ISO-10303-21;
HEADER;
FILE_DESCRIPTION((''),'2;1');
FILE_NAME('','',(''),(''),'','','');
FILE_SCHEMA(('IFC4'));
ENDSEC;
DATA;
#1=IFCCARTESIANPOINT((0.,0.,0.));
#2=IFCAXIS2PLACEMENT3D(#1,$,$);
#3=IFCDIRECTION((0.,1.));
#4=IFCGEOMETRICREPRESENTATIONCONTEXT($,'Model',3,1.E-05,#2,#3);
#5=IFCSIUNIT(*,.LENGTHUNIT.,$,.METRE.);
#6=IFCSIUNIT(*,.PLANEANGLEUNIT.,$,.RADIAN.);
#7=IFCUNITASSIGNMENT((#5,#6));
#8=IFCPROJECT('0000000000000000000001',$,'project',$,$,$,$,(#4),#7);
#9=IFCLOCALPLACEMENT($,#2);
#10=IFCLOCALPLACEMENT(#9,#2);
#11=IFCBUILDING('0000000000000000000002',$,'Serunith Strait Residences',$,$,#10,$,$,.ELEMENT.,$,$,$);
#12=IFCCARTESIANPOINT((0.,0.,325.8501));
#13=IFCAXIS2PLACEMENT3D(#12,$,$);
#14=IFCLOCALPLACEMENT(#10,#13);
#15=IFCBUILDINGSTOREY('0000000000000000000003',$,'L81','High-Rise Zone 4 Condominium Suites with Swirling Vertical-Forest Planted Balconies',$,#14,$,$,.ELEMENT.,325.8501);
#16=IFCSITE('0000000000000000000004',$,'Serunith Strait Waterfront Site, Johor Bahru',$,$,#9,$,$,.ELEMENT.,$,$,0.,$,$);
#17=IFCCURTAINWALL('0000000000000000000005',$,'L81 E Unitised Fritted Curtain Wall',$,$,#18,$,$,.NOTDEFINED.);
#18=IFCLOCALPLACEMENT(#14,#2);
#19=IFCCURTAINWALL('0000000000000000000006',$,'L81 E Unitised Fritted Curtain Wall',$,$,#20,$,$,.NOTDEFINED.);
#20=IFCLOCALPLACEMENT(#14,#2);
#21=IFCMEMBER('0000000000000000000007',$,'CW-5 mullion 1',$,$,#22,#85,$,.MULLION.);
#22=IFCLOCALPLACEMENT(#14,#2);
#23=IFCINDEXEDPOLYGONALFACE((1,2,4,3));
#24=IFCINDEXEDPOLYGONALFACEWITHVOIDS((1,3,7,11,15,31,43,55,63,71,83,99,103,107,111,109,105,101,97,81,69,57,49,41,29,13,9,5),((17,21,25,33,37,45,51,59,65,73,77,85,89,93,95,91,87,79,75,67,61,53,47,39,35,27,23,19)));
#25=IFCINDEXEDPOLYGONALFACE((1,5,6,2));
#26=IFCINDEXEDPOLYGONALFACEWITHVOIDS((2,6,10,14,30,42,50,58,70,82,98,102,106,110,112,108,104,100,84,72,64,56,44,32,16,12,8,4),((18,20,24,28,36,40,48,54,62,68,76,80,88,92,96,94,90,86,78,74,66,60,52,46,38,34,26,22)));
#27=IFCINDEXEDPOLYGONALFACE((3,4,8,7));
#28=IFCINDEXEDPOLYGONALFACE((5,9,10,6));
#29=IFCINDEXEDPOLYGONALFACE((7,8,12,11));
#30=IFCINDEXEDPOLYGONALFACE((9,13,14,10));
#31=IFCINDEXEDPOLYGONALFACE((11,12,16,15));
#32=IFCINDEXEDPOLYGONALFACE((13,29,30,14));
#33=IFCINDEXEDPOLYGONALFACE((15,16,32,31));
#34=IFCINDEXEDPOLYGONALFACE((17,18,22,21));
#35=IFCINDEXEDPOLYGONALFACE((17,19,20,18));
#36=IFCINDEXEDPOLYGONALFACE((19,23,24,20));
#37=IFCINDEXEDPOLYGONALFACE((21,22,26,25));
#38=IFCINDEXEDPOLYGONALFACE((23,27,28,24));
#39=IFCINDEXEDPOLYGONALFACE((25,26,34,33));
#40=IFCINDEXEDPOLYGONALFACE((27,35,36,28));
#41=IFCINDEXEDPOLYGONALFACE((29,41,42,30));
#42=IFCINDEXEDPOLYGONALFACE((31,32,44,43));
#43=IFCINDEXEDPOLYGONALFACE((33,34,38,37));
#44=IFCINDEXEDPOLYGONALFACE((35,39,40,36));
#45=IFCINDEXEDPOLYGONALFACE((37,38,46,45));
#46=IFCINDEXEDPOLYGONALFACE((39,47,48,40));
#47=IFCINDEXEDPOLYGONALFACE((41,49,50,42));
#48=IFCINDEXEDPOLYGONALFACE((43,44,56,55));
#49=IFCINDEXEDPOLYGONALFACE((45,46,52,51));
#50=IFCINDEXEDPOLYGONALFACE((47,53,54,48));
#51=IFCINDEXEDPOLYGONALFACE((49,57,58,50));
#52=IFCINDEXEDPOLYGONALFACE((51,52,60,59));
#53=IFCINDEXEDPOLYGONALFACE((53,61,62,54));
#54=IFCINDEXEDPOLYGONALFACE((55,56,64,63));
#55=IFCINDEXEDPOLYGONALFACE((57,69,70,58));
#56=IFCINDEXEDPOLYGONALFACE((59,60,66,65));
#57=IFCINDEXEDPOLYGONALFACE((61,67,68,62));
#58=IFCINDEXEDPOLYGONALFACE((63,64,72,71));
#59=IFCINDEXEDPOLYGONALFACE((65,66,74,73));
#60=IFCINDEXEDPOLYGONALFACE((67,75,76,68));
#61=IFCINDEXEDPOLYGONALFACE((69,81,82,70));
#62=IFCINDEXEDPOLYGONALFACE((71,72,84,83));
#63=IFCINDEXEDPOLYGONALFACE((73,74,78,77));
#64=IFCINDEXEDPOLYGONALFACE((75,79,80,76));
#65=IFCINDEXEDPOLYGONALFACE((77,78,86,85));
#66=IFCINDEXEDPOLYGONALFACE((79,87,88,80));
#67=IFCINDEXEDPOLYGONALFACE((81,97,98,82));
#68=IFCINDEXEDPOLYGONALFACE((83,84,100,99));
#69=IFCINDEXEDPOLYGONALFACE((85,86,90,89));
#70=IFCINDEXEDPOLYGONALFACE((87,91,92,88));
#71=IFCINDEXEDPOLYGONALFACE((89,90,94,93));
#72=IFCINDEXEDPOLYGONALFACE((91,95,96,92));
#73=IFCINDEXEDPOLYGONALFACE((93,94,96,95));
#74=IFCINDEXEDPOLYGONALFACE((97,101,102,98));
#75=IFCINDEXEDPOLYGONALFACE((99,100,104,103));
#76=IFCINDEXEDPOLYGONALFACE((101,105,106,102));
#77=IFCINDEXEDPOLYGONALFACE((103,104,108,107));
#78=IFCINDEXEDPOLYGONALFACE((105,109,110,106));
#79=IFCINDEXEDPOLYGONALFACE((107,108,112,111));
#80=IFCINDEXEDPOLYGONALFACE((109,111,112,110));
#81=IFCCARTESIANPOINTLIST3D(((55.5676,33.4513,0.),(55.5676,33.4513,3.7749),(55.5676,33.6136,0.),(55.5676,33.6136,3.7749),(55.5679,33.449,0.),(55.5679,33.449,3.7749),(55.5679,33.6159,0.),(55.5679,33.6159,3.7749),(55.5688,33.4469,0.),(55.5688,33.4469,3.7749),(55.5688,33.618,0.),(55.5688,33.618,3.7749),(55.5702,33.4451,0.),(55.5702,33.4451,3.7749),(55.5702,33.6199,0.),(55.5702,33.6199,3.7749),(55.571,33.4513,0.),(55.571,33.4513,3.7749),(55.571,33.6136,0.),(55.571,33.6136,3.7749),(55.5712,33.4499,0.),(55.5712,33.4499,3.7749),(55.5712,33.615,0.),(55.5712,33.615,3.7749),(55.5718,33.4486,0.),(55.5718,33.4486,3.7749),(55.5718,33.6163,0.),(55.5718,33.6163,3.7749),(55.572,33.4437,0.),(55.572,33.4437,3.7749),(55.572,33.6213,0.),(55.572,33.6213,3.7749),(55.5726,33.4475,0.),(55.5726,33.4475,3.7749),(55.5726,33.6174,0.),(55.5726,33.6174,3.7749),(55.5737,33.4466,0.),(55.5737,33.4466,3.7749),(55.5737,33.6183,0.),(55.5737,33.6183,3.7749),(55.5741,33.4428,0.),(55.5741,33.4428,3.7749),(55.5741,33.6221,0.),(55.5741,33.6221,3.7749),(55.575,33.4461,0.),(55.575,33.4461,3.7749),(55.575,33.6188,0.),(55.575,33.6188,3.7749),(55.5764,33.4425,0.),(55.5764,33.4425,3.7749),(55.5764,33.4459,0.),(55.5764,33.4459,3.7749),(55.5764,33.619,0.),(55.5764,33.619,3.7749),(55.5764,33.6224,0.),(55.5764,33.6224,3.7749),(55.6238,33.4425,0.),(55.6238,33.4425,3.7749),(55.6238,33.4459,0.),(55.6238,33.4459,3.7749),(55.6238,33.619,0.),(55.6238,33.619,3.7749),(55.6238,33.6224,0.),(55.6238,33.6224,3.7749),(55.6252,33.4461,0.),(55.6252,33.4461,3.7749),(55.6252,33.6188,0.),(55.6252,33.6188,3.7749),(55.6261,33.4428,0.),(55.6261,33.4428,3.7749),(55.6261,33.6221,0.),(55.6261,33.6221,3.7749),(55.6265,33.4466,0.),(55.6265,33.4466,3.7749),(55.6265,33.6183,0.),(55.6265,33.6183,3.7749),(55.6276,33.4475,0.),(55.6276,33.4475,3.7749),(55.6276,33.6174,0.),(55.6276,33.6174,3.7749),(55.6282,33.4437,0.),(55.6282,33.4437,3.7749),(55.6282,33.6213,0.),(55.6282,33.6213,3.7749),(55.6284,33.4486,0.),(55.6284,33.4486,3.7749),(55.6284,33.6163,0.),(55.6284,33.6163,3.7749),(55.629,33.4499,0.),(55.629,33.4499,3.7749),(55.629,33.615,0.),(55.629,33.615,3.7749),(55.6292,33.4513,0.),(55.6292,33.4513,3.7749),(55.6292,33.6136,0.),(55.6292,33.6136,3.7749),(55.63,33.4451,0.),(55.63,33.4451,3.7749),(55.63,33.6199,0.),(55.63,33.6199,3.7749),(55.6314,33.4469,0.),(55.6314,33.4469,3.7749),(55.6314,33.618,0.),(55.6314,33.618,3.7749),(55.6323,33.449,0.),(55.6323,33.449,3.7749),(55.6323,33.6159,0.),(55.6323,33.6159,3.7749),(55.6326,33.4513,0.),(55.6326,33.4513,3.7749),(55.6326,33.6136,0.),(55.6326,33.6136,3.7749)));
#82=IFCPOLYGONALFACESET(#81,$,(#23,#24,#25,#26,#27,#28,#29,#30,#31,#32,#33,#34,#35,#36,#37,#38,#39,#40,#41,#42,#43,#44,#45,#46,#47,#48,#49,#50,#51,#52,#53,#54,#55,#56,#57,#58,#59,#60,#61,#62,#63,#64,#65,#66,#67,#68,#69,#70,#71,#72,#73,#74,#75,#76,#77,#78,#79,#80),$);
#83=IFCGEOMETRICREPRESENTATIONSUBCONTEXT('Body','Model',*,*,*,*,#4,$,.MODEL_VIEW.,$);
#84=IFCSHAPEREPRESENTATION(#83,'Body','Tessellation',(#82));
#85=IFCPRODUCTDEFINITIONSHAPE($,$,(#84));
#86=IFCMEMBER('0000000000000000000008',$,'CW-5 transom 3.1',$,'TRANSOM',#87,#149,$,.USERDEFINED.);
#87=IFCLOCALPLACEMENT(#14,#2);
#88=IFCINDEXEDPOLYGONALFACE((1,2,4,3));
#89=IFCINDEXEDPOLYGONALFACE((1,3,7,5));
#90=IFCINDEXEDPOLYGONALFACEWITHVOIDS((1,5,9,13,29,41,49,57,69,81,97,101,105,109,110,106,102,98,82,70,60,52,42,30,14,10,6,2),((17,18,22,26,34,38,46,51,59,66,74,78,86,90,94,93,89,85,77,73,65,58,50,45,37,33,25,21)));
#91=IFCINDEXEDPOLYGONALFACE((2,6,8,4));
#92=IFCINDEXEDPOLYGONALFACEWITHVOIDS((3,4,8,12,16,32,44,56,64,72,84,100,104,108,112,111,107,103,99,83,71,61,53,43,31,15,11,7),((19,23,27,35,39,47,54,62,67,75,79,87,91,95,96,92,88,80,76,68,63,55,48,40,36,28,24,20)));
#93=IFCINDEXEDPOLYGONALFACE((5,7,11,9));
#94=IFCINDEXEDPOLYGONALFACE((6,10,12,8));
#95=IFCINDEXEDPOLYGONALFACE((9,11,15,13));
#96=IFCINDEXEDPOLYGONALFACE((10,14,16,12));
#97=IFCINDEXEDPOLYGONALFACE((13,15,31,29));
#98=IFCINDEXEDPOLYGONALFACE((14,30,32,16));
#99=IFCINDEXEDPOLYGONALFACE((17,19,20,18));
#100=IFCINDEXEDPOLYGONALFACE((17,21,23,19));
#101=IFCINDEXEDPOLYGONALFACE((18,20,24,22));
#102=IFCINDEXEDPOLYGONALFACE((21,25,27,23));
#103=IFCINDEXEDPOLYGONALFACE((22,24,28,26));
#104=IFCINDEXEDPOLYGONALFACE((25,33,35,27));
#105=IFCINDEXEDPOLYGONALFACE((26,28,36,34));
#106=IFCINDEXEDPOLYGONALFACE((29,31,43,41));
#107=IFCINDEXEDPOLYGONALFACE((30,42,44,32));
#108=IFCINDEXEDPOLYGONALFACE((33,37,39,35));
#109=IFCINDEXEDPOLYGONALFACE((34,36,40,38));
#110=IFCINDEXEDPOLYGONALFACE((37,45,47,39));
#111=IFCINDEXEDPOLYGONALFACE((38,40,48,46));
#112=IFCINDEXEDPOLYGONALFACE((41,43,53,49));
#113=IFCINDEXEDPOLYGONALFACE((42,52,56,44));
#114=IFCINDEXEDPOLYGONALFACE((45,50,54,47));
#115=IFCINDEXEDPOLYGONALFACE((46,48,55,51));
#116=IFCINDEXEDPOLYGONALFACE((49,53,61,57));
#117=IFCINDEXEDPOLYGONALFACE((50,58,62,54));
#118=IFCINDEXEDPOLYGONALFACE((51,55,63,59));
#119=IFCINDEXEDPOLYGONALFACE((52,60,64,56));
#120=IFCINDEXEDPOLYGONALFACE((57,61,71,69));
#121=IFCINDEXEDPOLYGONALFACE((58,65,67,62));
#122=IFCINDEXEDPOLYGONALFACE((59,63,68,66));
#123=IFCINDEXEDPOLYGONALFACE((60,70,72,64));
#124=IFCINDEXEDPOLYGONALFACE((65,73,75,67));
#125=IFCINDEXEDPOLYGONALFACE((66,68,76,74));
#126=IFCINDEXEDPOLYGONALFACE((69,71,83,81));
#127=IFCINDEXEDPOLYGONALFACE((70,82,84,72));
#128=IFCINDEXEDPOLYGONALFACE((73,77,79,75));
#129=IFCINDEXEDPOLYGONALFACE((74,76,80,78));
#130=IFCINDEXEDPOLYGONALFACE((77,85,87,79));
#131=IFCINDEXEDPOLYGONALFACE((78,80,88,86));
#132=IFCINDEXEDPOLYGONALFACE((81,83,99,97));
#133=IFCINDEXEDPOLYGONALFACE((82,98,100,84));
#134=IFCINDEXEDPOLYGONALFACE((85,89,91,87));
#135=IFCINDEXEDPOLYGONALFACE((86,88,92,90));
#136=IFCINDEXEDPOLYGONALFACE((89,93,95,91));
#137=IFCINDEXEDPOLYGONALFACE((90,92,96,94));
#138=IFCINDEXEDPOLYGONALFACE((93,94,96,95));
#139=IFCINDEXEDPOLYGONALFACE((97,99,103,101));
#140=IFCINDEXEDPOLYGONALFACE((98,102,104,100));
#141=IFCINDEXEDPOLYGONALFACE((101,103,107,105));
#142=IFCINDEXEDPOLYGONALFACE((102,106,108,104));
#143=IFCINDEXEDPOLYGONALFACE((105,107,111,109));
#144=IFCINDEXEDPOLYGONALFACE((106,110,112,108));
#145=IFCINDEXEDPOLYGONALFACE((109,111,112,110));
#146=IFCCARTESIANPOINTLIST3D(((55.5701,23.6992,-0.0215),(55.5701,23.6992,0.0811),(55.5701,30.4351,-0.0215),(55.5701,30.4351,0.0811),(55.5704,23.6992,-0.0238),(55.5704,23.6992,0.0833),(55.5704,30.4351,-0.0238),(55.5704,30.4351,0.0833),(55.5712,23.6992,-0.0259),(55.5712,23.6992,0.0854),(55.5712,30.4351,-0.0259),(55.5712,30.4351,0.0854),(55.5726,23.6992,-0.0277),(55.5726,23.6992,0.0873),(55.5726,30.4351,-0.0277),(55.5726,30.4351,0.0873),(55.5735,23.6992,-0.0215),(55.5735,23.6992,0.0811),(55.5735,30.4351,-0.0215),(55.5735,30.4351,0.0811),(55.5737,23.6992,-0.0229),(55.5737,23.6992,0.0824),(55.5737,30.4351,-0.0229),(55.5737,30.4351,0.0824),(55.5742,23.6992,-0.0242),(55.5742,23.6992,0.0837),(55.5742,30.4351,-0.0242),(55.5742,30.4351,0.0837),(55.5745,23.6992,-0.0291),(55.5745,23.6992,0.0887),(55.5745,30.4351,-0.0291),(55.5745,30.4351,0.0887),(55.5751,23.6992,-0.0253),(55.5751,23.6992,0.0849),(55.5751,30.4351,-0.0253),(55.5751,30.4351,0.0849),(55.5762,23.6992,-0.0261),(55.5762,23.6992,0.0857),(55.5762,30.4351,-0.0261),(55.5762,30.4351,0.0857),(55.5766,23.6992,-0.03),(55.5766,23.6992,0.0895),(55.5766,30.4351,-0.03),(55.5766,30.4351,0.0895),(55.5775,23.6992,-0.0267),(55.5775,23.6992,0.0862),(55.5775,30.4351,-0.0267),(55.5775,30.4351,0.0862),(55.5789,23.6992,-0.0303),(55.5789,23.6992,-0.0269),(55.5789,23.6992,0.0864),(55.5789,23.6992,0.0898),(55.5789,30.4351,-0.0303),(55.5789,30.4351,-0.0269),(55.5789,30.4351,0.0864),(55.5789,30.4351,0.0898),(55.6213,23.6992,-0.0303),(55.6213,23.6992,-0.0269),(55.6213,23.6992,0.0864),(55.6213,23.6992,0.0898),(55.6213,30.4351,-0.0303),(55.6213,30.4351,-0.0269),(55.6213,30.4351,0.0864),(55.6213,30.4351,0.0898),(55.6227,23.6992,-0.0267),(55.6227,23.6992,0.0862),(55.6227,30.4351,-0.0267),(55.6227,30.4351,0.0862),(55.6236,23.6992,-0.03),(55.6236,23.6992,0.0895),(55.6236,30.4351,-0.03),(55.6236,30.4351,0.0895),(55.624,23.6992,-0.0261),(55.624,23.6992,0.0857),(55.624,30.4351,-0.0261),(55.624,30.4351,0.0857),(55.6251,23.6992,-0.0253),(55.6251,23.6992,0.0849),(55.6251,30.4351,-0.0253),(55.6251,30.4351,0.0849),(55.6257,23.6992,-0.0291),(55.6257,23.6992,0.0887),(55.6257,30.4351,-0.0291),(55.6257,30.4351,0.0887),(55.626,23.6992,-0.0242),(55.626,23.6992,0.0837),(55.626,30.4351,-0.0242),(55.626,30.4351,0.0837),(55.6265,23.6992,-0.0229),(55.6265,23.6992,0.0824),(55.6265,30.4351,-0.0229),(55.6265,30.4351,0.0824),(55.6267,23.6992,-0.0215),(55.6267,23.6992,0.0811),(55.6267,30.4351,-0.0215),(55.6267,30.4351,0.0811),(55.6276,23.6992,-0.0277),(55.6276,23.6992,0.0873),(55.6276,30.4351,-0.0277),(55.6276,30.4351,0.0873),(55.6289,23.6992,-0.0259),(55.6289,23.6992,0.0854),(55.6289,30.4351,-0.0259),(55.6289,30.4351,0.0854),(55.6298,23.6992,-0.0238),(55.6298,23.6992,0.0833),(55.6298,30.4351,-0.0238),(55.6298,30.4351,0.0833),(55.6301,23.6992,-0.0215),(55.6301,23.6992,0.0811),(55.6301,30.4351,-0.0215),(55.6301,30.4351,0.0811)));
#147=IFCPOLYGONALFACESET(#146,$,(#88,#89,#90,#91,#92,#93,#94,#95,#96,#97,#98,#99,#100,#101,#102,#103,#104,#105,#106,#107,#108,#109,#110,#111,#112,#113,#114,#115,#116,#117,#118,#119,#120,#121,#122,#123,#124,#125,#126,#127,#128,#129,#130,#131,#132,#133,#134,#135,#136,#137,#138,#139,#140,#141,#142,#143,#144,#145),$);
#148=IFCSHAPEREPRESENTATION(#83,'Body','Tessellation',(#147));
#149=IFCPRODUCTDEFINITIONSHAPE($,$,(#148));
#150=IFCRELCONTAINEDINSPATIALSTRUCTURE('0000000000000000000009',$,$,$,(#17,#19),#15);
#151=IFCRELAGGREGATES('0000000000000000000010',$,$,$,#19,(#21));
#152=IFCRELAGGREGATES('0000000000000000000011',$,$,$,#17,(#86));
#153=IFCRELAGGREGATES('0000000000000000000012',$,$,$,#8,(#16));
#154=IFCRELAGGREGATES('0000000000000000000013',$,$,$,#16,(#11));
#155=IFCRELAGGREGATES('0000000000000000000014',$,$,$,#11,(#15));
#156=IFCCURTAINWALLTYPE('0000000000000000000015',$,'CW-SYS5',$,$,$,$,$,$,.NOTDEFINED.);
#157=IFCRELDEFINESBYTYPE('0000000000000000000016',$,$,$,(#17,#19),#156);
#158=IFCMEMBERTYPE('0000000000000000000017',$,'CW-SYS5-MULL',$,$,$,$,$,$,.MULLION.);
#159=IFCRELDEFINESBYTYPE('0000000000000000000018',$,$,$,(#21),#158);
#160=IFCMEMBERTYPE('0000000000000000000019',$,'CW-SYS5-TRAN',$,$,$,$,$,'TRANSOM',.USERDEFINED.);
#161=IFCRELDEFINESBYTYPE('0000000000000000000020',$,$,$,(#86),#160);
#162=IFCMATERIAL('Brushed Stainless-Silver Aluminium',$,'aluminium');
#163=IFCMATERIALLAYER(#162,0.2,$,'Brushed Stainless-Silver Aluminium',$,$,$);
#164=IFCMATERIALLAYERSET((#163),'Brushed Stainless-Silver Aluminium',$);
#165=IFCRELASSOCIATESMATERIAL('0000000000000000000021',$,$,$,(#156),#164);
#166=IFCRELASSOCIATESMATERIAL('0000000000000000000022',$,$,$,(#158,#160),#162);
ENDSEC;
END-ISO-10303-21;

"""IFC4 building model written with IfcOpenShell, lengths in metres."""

from ifc_helpers import new_model, si_unit, direction, frame, origin, origin_2d, place, context, subcontext, project, spatial, hollow_rectangle, extrude, source, transform, mapped, material, layer, layer_set, material_profile, profile_set, type_object, element, aggregate, save


model = new_model("IFC4")

# Units and contexts
model_context = context("Model", 3, precision=1e-05, world=origin(), true_north=direction((0.0, 1.0)))
body_context = subcontext(model_context, "Body", "Model", "MODEL_VIEW")
ifc_project = project(units=[si_unit("LENGTHUNIT", "METRE"), si_unit("PLANEANGLEUNIT", "RADIAN")], contexts=[model_context])

# Site, building, storey
site_placement = place(None, origin())
site = spatial("IfcSite", under=ifc_project, at=site_placement, Name="Serunith Strait Waterfront Site, Johor Bahru", CompositionType="ELEMENT", RefElevation=0.0)
building_placement = place(site_placement, origin())
building = spatial("IfcBuilding", under=site, at=building_placement, Name="Serunith Strait Residences", CompositionType="ELEMENT")
storey_placement = place(building_placement, frame((0.0, 0.0, 325.8501)))
storey = spatial("IfcBuildingStorey", under=building, at=storey_placement, Name="L81", Description="High-Rise Zone 4 Condominium Suites with Swirling Vertical-Forest Planted Balconies", CompositionType="ELEMENT", Elevation=325.8501)

# Curtain wall
ifc_material_1 = material(Name="Brushed Stainless-Silver Aluminium", Category="aluminium")
ifc_layer_1 = layer(ifc_material_1, 0.2, Name="Brushed Stainless-Silver Aluminium")
ifc_layer_set_1 = layer_set([ifc_layer_1], Name="Brushed Stainless-Silver Aluminium")
curtain_wall_type = type_object("IfcCurtainWallType", Name="CW-SYS5", PredefinedType="NOTDEFINED", material=ifc_layer_set_1)
curtain_wall_1_placement = place(storey_placement, origin())
curtain_wall_1 = element("IfcCurtainWall", 1, at=curtain_wall_1_placement, inside=storey, type_object=curtain_wall_type, Name="L81 E Unitised Fritted Curtain Wall", PredefinedType="NOTDEFINED")
ifc_material_profile_1 = material_profile(ifc_material_1, hollow_rectangle(XDim=0.0649, YDim=0.1799, WallThickness=0.0034, InnerFilletRadius=0.0054, OuterFilletRadius=0.0088, at=origin_2d()), Name="ALU 180x65x3.5")
ifc_profile_set_1 = profile_set([ifc_material_profile_1], Name="Brushed Stainless-Silver Aluminium")
member_type_1 = type_object("IfcMemberType", Name="CW-SYS5-MULL", PredefinedType="MULLION", material=ifc_profile_set_1)
shared_shape_1 = source(origin(), body_context, "Body", "SweptSolid", [
    extrude(hollow_rectangle(XDim=0.0649, YDim=0.1799, WallThickness=0.0034, InnerFilletRadius=0.0054, OuterFilletRadius=0.0088, at=origin_2d()), origin(), (0.0, 0.0, 1.0), 3.7749),
])

# Curtain wall, member
curtain_wall_2_placement = place(storey_placement, origin())
curtain_wall_2 = element("IfcCurtainWall", 2, at=curtain_wall_2_placement, inside=storey, type_object=curtain_wall_type, Name="L81 E Unitised Fritted Curtain Wall", PredefinedType="NOTDEFINED")
member_1_placement = place(storey_placement, frame((55.6001, 33.5325, 0.0), z_axis=(0.0, 0.0, 1.0), x_axis=(-1.0, 0.0, 0.0)))
member_1 = element("IfcMember", 3, at=member_1_placement, type_object=member_type_1, Name="CW-5 mullion 1", PredefinedType="MULLION", context=body_context, shape_type="MappedRepresentation", body=[
    mapped(shared_shape_1, transform((0.0, 0.0, 0.0), scale=1.0)),
])

# Member
ifc_material_profile_2 = material_profile(ifc_material_1, hollow_rectangle(XDim=0.0601, YDim=0.1201, WallThickness=0.0034, InnerFilletRadius=0.0054, OuterFilletRadius=0.0088, at=origin_2d()), Name="ALU 120x60x3.5")
ifc_profile_set_2 = profile_set([ifc_material_profile_2], Name="Brushed Stainless-Silver Aluminium")
member_type_2 = type_object("IfcMemberType", Name="CW-SYS5-TRAN", ElementType="TRANSOM", PredefinedType="USERDEFINED", material=ifc_profile_set_2)
shared_shape_2 = source(origin(), body_context, "Body", "SweptSolid", [
    extrude(hollow_rectangle(XDim=0.0601, YDim=0.1201, WallThickness=0.0034, InnerFilletRadius=0.0054, OuterFilletRadius=0.0088, at=origin_2d()), origin(), (0.0, 0.0, 1.0), 6.7358),
])
member_2_placement = place(storey_placement, frame((55.6001, 23.6992, 0.0298), z_axis=(0.0, 1.0, 0.0), x_axis=(-1.0, 0.0, 0.0)))
member_2 = element("IfcMember", 4, at=member_2_placement, type_object=member_type_2, Name="CW-5 transom 3.1", ObjectType="TRANSOM", PredefinedType="USERDEFINED", context=body_context, shape_type="MappedRepresentation", body=[
    mapped(shared_shape_2, transform((0.0, 0.0, 0.0), scale=1.0)),
])
aggregate(curtain_wall_2, [member_1])

aggregate(curtain_wall_1, [member_2])

save(model, "model.ifc")
